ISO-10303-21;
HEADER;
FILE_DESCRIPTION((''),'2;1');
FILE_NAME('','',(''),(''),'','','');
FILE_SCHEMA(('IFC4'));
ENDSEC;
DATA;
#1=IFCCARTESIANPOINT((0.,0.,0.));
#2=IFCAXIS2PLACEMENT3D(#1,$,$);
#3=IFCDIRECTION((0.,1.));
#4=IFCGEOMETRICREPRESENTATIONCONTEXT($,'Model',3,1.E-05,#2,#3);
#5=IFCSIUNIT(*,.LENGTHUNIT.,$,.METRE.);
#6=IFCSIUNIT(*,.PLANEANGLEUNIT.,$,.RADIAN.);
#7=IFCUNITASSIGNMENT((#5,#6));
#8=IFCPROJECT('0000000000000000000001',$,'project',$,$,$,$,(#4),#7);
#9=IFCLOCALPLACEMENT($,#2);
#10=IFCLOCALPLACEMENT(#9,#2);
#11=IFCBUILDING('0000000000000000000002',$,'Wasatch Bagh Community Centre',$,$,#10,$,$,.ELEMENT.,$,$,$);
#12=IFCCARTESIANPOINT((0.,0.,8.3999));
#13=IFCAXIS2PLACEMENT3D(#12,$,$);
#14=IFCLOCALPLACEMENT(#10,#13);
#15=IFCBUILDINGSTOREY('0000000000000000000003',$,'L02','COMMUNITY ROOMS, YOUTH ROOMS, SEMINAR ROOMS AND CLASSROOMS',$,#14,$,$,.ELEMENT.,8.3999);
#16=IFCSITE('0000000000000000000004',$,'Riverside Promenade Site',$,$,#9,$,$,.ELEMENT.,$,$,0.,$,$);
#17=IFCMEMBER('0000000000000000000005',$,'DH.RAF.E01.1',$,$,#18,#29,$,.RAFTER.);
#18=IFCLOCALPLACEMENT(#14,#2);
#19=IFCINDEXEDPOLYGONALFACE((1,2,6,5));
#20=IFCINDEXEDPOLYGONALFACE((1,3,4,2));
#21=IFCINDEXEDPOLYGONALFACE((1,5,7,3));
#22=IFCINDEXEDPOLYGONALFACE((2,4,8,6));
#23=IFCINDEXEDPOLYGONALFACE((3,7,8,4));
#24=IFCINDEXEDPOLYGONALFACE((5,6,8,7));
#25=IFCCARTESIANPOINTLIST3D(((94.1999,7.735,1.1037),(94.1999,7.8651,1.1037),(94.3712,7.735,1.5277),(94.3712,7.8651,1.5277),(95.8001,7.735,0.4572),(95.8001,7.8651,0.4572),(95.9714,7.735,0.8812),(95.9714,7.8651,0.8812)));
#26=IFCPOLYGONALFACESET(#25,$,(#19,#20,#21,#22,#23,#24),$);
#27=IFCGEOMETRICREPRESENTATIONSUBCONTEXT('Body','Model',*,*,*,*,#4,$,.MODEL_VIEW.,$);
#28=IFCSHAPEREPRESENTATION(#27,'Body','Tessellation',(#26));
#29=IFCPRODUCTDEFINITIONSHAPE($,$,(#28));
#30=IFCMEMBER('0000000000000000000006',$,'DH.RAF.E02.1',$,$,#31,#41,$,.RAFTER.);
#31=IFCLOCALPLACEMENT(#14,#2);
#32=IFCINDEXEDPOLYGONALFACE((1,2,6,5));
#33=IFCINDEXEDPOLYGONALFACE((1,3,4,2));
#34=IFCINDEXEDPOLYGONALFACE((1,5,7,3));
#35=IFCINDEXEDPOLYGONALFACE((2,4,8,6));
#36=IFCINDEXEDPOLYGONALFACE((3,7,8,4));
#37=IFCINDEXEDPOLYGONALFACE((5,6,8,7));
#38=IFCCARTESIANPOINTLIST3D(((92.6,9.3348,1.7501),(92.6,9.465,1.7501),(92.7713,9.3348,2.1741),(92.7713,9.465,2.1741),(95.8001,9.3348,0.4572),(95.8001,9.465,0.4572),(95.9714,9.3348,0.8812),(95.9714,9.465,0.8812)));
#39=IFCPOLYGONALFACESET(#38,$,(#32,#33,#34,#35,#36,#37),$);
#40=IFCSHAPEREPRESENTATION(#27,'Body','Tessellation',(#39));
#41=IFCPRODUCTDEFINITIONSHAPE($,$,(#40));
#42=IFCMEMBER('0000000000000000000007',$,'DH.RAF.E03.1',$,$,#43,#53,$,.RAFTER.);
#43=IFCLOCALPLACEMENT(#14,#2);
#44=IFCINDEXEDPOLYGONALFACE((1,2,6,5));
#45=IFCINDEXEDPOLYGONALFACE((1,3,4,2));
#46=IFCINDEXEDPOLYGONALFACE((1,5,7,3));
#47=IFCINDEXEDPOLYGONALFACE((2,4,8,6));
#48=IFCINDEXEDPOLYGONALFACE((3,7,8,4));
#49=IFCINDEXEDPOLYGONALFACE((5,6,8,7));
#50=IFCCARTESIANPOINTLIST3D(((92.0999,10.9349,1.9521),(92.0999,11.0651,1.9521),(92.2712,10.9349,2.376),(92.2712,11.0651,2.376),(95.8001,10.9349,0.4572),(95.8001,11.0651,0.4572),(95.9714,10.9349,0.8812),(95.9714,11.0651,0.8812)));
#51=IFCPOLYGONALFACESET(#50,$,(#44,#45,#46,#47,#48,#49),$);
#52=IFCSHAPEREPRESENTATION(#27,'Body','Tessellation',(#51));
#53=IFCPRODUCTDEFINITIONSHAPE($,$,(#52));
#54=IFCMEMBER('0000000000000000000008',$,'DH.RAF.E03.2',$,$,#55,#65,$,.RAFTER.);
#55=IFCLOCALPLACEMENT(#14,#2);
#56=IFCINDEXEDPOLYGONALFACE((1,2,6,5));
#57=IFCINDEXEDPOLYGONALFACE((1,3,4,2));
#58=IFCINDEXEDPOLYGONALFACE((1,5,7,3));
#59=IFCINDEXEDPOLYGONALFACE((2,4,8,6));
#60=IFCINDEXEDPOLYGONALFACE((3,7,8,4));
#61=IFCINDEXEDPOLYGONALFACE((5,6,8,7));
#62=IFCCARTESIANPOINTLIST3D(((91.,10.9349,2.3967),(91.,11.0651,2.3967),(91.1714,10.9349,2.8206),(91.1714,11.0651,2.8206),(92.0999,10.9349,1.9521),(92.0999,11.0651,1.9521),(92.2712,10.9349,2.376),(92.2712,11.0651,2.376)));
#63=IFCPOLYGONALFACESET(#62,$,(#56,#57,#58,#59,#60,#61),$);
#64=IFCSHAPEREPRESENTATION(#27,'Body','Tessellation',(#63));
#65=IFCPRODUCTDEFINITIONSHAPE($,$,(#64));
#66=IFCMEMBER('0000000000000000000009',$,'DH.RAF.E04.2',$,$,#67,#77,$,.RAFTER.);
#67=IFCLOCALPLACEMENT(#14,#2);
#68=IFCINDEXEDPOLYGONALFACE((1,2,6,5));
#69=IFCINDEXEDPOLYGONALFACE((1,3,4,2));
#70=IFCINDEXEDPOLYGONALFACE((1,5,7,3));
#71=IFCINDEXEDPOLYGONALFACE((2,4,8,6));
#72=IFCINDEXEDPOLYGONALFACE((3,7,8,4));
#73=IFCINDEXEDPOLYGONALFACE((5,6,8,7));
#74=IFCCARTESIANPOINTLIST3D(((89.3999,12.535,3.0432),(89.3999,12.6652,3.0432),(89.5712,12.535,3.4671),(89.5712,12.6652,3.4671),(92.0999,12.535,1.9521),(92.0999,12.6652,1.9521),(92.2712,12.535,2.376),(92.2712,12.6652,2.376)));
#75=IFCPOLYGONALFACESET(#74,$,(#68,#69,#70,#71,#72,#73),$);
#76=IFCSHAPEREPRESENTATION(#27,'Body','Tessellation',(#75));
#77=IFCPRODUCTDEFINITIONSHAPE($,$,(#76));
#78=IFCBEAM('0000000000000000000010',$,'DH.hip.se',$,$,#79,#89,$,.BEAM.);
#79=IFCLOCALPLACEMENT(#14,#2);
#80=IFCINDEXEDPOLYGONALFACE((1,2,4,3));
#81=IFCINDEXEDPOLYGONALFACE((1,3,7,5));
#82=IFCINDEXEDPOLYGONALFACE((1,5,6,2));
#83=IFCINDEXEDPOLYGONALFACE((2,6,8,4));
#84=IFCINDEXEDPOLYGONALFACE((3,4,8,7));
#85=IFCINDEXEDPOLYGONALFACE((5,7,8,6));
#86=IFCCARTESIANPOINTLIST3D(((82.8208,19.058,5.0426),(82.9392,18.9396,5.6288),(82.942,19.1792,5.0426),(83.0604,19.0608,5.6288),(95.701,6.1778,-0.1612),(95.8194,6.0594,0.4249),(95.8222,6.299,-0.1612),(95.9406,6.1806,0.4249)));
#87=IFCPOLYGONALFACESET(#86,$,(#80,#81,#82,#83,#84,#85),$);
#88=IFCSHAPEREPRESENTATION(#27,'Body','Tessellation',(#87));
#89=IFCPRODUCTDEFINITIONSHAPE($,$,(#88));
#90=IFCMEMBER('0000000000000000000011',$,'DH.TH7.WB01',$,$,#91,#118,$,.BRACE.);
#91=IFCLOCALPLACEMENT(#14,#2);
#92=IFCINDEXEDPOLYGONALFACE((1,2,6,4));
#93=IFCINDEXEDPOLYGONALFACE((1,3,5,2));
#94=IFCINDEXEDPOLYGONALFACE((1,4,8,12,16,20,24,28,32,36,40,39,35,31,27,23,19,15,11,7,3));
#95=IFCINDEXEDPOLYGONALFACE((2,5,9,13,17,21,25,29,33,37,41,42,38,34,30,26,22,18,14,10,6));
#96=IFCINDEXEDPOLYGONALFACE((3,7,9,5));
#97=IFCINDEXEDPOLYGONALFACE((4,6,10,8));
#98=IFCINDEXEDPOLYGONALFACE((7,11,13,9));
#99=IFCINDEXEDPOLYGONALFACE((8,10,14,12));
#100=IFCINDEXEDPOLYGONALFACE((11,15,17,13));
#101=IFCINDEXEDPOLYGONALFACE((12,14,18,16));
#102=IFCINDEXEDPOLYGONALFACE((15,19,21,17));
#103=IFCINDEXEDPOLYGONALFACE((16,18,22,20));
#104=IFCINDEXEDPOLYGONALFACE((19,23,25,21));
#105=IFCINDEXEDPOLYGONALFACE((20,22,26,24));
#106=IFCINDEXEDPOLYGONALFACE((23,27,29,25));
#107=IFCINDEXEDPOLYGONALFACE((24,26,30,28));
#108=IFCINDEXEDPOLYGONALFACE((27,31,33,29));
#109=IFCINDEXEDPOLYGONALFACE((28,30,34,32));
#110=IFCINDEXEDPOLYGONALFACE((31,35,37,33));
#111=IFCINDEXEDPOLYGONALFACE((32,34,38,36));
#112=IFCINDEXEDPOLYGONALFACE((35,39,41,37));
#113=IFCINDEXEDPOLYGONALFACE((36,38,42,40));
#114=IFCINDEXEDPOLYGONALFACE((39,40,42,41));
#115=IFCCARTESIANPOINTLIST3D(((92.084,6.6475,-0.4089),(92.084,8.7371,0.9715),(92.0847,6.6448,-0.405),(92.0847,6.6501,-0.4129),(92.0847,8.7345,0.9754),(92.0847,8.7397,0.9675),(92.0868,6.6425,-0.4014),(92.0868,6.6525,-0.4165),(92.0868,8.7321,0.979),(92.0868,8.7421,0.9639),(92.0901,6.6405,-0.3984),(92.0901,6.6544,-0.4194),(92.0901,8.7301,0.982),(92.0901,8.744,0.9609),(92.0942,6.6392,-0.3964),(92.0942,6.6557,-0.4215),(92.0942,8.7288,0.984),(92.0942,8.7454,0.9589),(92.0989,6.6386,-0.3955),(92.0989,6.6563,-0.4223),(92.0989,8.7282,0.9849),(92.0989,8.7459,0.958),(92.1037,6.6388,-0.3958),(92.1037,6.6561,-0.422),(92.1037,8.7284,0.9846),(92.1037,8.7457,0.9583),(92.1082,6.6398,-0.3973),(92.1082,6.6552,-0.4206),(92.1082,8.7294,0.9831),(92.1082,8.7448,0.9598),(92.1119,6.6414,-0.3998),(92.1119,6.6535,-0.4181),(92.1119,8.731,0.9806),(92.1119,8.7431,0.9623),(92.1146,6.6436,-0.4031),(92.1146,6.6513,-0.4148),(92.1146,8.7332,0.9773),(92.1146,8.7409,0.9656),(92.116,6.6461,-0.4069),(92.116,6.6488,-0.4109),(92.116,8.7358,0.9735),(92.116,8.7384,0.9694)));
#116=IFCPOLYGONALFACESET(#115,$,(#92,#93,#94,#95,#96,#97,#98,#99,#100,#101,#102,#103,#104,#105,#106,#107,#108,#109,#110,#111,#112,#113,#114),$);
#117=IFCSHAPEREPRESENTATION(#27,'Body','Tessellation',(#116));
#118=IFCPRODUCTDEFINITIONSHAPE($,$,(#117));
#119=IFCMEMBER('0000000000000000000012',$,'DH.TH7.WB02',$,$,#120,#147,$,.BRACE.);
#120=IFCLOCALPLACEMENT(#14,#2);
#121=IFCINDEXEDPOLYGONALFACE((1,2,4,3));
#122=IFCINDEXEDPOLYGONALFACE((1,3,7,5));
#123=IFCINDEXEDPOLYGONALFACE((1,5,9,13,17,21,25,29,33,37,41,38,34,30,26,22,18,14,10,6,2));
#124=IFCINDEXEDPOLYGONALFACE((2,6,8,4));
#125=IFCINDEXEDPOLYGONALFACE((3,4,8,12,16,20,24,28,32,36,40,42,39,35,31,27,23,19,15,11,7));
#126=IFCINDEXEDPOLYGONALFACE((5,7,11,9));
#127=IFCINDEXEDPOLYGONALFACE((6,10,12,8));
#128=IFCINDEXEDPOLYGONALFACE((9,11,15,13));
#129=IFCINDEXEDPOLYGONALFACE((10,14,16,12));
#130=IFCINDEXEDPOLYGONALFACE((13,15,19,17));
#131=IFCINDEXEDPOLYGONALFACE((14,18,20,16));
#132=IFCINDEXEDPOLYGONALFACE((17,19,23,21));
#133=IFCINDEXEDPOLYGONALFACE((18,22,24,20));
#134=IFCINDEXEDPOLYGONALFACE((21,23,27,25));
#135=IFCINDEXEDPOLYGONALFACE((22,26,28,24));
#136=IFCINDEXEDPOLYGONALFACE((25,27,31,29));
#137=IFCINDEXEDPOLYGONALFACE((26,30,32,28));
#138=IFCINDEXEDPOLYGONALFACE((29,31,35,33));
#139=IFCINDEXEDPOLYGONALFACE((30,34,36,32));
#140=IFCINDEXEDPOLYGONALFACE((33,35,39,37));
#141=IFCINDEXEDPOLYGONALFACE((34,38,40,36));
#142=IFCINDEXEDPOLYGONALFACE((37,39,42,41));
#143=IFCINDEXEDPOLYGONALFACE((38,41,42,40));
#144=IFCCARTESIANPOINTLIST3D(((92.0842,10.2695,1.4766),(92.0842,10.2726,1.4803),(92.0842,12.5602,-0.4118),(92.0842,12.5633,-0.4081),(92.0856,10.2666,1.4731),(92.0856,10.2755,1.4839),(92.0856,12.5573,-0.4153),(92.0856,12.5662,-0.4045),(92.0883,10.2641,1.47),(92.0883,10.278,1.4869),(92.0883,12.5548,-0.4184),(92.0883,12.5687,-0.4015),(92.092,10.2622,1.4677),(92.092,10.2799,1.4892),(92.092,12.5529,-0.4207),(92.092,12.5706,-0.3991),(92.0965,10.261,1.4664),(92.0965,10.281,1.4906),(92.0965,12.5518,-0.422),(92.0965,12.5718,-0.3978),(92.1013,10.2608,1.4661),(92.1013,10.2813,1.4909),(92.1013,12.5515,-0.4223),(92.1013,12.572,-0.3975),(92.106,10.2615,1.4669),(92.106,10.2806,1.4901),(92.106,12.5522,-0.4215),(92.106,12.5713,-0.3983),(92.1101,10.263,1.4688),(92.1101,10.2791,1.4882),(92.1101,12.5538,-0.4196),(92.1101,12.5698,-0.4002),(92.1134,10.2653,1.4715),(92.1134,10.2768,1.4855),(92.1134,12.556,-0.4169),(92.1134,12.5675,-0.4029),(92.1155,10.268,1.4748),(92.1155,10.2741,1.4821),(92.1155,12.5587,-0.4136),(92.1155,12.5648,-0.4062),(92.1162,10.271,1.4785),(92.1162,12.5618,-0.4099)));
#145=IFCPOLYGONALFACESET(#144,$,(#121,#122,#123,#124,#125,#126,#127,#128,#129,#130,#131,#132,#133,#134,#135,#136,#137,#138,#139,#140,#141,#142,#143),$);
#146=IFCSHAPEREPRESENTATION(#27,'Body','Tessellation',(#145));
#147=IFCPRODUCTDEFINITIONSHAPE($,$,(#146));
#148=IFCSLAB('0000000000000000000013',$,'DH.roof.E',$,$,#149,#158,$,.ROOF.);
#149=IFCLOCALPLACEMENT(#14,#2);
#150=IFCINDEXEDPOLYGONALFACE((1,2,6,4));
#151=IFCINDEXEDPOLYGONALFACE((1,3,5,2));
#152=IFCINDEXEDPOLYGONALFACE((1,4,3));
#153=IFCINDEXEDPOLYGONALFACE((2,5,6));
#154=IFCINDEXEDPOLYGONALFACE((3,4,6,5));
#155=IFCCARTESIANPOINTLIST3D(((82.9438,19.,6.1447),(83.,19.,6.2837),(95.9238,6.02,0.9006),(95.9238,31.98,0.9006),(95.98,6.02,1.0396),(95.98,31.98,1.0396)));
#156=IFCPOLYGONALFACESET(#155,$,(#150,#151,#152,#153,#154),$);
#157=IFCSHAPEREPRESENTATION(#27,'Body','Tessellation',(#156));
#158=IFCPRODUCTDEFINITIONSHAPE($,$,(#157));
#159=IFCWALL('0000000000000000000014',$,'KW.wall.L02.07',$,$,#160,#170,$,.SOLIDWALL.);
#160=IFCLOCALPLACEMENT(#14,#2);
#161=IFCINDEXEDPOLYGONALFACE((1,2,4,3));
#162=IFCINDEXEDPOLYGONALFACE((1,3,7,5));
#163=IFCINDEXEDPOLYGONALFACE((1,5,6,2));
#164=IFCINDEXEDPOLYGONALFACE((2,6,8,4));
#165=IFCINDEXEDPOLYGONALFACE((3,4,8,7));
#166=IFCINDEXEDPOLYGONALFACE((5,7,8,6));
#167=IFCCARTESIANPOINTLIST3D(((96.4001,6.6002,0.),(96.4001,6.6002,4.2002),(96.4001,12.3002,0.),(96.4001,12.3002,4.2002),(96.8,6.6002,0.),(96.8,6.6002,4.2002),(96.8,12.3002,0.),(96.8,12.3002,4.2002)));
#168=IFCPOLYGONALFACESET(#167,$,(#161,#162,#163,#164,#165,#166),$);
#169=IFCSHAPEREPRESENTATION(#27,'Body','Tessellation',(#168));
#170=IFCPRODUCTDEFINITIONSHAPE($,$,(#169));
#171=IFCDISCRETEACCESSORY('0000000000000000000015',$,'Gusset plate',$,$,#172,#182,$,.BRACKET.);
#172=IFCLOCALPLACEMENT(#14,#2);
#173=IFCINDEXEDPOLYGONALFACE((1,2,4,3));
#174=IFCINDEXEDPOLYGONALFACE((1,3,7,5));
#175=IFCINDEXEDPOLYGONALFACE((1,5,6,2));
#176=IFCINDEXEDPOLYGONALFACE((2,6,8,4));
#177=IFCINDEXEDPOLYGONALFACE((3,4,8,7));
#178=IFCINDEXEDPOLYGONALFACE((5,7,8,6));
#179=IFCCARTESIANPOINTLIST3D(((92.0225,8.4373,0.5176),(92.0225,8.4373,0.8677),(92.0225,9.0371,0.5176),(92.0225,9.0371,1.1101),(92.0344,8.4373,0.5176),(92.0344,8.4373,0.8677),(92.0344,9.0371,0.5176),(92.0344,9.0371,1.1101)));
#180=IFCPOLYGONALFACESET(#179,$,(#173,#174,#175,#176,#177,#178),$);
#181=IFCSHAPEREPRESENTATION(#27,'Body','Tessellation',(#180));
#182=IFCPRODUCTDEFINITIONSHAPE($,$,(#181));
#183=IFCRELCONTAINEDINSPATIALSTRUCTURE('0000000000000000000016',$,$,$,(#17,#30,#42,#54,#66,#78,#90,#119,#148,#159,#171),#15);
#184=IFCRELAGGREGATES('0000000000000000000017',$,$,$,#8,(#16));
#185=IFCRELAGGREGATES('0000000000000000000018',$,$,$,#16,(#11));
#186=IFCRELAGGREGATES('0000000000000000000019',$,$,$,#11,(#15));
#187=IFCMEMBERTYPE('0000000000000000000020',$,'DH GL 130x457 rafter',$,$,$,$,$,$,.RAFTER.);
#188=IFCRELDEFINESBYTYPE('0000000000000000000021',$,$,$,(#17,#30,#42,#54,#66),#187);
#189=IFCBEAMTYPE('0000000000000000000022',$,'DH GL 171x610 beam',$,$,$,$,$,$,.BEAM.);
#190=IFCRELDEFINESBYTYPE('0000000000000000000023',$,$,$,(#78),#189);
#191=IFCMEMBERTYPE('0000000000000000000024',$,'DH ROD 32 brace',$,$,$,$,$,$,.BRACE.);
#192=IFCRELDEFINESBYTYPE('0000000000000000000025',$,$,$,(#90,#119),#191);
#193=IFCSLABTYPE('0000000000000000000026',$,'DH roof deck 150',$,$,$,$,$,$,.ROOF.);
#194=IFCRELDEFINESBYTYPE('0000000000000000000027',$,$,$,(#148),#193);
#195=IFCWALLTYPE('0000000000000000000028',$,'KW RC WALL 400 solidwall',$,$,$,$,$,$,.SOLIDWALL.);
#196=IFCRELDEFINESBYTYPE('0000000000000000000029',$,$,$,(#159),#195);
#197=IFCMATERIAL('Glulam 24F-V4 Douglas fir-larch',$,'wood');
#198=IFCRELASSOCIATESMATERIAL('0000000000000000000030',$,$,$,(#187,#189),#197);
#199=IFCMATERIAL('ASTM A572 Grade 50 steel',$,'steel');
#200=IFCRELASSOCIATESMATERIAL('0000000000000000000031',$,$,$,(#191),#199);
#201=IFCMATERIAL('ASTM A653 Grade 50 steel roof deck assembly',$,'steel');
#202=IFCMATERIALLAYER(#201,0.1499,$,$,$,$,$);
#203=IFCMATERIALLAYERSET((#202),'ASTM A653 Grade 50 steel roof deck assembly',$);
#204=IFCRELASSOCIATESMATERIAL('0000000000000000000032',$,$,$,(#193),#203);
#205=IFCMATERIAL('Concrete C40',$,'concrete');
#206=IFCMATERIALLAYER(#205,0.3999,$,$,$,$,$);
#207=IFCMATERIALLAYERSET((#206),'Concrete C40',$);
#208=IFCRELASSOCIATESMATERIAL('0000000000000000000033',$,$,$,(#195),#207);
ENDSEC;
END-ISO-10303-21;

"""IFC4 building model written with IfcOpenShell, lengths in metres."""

from ifc_helpers import new_model, si_unit, direction, frame, frame_2d, origin, origin_2d, place, context, subcontext, project, spatial, polyline, rectangle, circle, outline, extrude, material, layer, layer_set, material_profile, profile_set, type_object, element, save


model = new_model("IFC4")

# Units and contexts
model_context = context("Model", 3, precision=1e-05, world=origin(), true_north=direction((0.0, 1.0)))
body_context = subcontext(model_context, "Body", "Model", "MODEL_VIEW")
ifc_project = project(units=[si_unit("LENGTHUNIT", "METRE"), si_unit("PLANEANGLEUNIT", "RADIAN")], contexts=[model_context])

# Site, building, storey
site_placement = place(None, origin())
site = spatial("IfcSite", under=ifc_project, at=site_placement, Name="Riverside Promenade Site", CompositionType="ELEMENT", RefElevation=0.0)
building_placement = place(site_placement, origin())
building = spatial("IfcBuilding", under=site, at=building_placement, Name="Wasatch Bagh Community Centre", CompositionType="ELEMENT")
storey_placement = place(building_placement, frame((0.0, 0.0, 8.3999)))
storey = spatial("IfcBuildingStorey", under=building, at=storey_placement, Name="L02", Description="COMMUNITY ROOMS, YOUTH ROOMS, SEMINAR ROOMS AND CLASSROOMS", CompositionType="ELEMENT", Elevation=8.3999)

# Shared definitions
ifc_material_1 = material(Name="Concrete C40", Category="concrete")

# Shared definitions
ifc_material_2 = material(Name="Glulam 24F-V4 Douglas fir-larch", Category="wood")

# Members
ifc_material_profile_1 = material_profile(ifc_material_2, rectangle(XDim=0.1301, YDim=0.4573, at=origin_2d()), Name="GL 130x457")
ifc_profile_set_1 = profile_set([ifc_material_profile_1], Name="Glulam 24F-V4 Douglas fir-larch")
member_type_1 = type_object("IfcMemberType", Name="DH GL 130x457 rafter", PredefinedType="RAFTER", material=ifc_profile_set_1)
member_1_placement = place(storey_placement, frame((95.8857, 7.8, 0.6692), z_axis=(-0.927183, 0.0, 0.374608), x_axis=(0.0, -1.0, 0.0)))
element("IfcMember", 1, at=member_1_placement, inside=storey, type_object=member_type_1, Name="DH.RAF.E01.1", PredefinedType="RAFTER", context=body_context, shape_type="SweptSolid", body=[
    extrude(rectangle(XDim=0.1301, YDim=0.4573, at=origin_2d()), origin(), (0.0, 0.0, 1.0), 1.7258),
])
member_2_placement = place(storey_placement, frame((95.8857, 9.3999, 0.6692), z_axis=(-0.927183, 0.0, 0.374608), x_axis=(0.0, -1.0, 0.0)))
element("IfcMember", 2, at=member_2_placement, inside=storey, type_object=member_type_1, Name="DH.RAF.E02.1", PredefinedType="RAFTER", context=body_context, shape_type="SweptSolid", body=[
    extrude(rectangle(XDim=0.1301, YDim=0.4573, at=origin_2d()), origin(), (0.0, 0.0, 1.0), 3.4514),
])
member_3_placement = place(storey_placement, frame((95.8857, 11.0, 0.6692), z_axis=(-0.927193, 0.0, 0.374584), x_axis=(0.0, -1.0, 0.0)))
element("IfcMember", 3, at=member_3_placement, inside=storey, type_object=member_type_1, Name="DH.RAF.E03.1", PredefinedType="RAFTER", context=body_context, shape_type="SweptSolid", body=[
    extrude(rectangle(XDim=0.1301, YDim=0.4573, at=origin_2d()), origin(), (0.0, 0.0, 1.0), 3.9907),
])
member_4_placement = place(storey_placement, frame((92.1855, 11.0, 2.1641), z_axis=(-0.927122, 0.0, 0.374759), x_axis=(0.0, -1.0, 0.0)))
element("IfcMember", 4, at=member_4_placement, inside=storey, type_object=member_type_1, Name="DH.RAF.E03.2", PredefinedType="RAFTER", context=body_context, shape_type="SweptSolid", body=[
    extrude(rectangle(XDim=0.1301, YDim=0.4573, at=origin_2d()), origin(), (0.0, 0.0, 1.0), 1.1863),
])
member_5_placement = place(storey_placement, frame((92.1855, 12.6001, 2.1641), z_axis=(-0.927158, 0.0, 0.37467), x_axis=(0.0, -1.0, 0.0)))
element("IfcMember", 5, at=member_5_placement, inside=storey, type_object=member_type_1, Name="DH.RAF.E04.2", PredefinedType="RAFTER", context=body_context, shape_type="SweptSolid", body=[
    extrude(rectangle(XDim=0.1301, YDim=0.4573, at=origin_2d()), origin(), (0.0, 0.0, 1.0), 2.9121),
])

# Beam
ifc_material_profile_2 = material_profile(ifc_material_2, rectangle(XDim=0.1714, YDim=0.6096, at=origin_2d()), Name="GL 171x610")
ifc_profile_set_2 = profile_set([ifc_material_profile_2], Name="Glulam 24F-V4 Douglas fir-larch")
beam_type_1 = type_object("IfcBeamType", Name="DH GL 171x610 beam", PredefinedType="BEAM", material=ifc_profile_set_2)
beam_1_placement = place(storey_placement, frame((95.8208, 6.1792, 0.1318), z_axis=(-0.679905, 0.679905, 0.274697), x_axis=(-0.707107, -0.707107, 0.0)))
element("IfcBeam", 6, at=beam_1_placement, inside=storey, type_object=beam_type_1, Name="DH.hip.se", PredefinedType="BEAM", context=body_context, shape_type="SweptSolid", body=[
    extrude(rectangle(XDim=0.1714, YDim=0.6096, at=origin_2d()), origin(), (0.0, 0.0, 1.0), 18.9441),
])

# Members
ifc_material_3 = material(Name="ASTM A572 Grade 50 steel", Category="steel")
ifc_material_profile_3 = material_profile(ifc_material_3, circle(Radius=0.0161, at=origin_2d()), Name="ROD 32")
ifc_profile_set_3 = profile_set([ifc_material_profile_3], Name="ASTM A572 Grade 50 steel")
member_type_2 = type_object("IfcMemberType", Name="DH ROD 32 brace", PredefinedType="BRACE", material=ifc_profile_set_3)
member_6_placement = place(storey_placement, frame((92.1001, 6.6475, -0.4089), z_axis=(0.0, 0.834383, 0.551186), x_axis=(-1.0, 0.0, 0.0)))
element("IfcMember", 7, at=member_6_placement, inside=storey, type_object=member_type_2, Name="DH.TH7.WB01", PredefinedType="BRACE", context=body_context, shape_type="SweptSolid", body=[
    extrude(circle(Radius=0.0161, at=origin_2d()), origin(), (0.0, 0.0, 1.0), 2.5044),
])
member_7_placement = place(storey_placement, frame((92.1001, 12.5618, -0.4099), z_axis=(0.0, -0.771614, 0.636091), x_axis=(1.0, 0.0, 0.0)))
element("IfcMember", 8, at=member_7_placement, inside=storey, type_object=member_type_2, Name="DH.TH7.WB02", PredefinedType="BRACE", context=body_context, shape_type="SweptSolid", body=[
    extrude(circle(Radius=0.0161, at=origin_2d()), origin(), (0.0, 0.0, 1.0), 2.9688),
])

# Slab
ifc_material_4 = material(Name="ASTM A653 Grade 50 steel roof deck assembly", Category="steel")
ifc_layer_1 = layer(ifc_material_4, 0.1499)
ifc_layer_set_1 = layer_set([ifc_layer_1], Name="ASTM A653 Grade 50 steel roof deck assembly")
slab_type = type_object("IfcSlabType", Name="DH roof deck 150", PredefinedType="ROOF", material=ifc_layer_set_1)
slab_placement = place(storey_placement, frame((95.98, 6.02, 1.0396), z_axis=(0.3746, 0.0, 0.927187), x_axis=(0.0, 1.0, 0.0)))
element("IfcSlab", 9, at=slab_placement, inside=storey, type_object=slab_type, Name="DH.roof.E", PredefinedType="ROOF", context=body_context, shape_type="SweptSolid", body=[
    extrude(outline(polyline([(0.0, 0.0), (25.96, 0.0), (12.98, 13.9993), (0.0, 0.0)])), origin(), (0.0, 0.0, -1.0), 0.1499),
])

# Wall
ifc_layer_2 = layer(ifc_material_1, 0.3999)
ifc_layer_set_2 = layer_set([ifc_layer_2], Name="Concrete C40")
wall_type = type_object("IfcWallType", Name="KW RC WALL 400 solidwall", PredefinedType="SOLIDWALL", material=ifc_layer_set_2)
wall_placement = place(storey_placement, frame((96.6001, 6.6001, 0.0), z_axis=(0.0, 0.0, 1.0), x_axis=(0.0, 1.0, 0.0)))
element("IfcWall", 10, at=wall_placement, inside=storey, type_object=wall_type, Name="KW.wall.L02.07", PredefinedType="SOLIDWALL", context=body_context, shape_type="SweptSolid", body=[
    extrude(rectangle(XDim=5.7, YDim=0.3999, at=frame_2d((2.8501, 0.0))), origin(), (0.0, 0.0, 1.0), 4.2002),
])

# Discrete accessory
discrete_accessory_1_placement = place(storey_placement, frame((92.0225, 8.4373, 0.8677), z_axis=(-1.0, 0.0, 0.0), x_axis=(0.0, 0.927144, 0.374706)))
element("IfcDiscreteAccessory", 11, at=discrete_accessory_1_placement, inside=storey, Name="Gusset plate", PredefinedType="BRACKET", context=body_context, shape_type="SweptSolid", body=[
    extrude(outline(polyline([(0.0, 0.0), (0.647, 0.0), (0.425, 0.5494), (-0.1312, 0.3246), (0.0, 0.0)])), origin(), (0.0, 0.0, -1.0), 0.012),
])

save(model, "model.ifc")
